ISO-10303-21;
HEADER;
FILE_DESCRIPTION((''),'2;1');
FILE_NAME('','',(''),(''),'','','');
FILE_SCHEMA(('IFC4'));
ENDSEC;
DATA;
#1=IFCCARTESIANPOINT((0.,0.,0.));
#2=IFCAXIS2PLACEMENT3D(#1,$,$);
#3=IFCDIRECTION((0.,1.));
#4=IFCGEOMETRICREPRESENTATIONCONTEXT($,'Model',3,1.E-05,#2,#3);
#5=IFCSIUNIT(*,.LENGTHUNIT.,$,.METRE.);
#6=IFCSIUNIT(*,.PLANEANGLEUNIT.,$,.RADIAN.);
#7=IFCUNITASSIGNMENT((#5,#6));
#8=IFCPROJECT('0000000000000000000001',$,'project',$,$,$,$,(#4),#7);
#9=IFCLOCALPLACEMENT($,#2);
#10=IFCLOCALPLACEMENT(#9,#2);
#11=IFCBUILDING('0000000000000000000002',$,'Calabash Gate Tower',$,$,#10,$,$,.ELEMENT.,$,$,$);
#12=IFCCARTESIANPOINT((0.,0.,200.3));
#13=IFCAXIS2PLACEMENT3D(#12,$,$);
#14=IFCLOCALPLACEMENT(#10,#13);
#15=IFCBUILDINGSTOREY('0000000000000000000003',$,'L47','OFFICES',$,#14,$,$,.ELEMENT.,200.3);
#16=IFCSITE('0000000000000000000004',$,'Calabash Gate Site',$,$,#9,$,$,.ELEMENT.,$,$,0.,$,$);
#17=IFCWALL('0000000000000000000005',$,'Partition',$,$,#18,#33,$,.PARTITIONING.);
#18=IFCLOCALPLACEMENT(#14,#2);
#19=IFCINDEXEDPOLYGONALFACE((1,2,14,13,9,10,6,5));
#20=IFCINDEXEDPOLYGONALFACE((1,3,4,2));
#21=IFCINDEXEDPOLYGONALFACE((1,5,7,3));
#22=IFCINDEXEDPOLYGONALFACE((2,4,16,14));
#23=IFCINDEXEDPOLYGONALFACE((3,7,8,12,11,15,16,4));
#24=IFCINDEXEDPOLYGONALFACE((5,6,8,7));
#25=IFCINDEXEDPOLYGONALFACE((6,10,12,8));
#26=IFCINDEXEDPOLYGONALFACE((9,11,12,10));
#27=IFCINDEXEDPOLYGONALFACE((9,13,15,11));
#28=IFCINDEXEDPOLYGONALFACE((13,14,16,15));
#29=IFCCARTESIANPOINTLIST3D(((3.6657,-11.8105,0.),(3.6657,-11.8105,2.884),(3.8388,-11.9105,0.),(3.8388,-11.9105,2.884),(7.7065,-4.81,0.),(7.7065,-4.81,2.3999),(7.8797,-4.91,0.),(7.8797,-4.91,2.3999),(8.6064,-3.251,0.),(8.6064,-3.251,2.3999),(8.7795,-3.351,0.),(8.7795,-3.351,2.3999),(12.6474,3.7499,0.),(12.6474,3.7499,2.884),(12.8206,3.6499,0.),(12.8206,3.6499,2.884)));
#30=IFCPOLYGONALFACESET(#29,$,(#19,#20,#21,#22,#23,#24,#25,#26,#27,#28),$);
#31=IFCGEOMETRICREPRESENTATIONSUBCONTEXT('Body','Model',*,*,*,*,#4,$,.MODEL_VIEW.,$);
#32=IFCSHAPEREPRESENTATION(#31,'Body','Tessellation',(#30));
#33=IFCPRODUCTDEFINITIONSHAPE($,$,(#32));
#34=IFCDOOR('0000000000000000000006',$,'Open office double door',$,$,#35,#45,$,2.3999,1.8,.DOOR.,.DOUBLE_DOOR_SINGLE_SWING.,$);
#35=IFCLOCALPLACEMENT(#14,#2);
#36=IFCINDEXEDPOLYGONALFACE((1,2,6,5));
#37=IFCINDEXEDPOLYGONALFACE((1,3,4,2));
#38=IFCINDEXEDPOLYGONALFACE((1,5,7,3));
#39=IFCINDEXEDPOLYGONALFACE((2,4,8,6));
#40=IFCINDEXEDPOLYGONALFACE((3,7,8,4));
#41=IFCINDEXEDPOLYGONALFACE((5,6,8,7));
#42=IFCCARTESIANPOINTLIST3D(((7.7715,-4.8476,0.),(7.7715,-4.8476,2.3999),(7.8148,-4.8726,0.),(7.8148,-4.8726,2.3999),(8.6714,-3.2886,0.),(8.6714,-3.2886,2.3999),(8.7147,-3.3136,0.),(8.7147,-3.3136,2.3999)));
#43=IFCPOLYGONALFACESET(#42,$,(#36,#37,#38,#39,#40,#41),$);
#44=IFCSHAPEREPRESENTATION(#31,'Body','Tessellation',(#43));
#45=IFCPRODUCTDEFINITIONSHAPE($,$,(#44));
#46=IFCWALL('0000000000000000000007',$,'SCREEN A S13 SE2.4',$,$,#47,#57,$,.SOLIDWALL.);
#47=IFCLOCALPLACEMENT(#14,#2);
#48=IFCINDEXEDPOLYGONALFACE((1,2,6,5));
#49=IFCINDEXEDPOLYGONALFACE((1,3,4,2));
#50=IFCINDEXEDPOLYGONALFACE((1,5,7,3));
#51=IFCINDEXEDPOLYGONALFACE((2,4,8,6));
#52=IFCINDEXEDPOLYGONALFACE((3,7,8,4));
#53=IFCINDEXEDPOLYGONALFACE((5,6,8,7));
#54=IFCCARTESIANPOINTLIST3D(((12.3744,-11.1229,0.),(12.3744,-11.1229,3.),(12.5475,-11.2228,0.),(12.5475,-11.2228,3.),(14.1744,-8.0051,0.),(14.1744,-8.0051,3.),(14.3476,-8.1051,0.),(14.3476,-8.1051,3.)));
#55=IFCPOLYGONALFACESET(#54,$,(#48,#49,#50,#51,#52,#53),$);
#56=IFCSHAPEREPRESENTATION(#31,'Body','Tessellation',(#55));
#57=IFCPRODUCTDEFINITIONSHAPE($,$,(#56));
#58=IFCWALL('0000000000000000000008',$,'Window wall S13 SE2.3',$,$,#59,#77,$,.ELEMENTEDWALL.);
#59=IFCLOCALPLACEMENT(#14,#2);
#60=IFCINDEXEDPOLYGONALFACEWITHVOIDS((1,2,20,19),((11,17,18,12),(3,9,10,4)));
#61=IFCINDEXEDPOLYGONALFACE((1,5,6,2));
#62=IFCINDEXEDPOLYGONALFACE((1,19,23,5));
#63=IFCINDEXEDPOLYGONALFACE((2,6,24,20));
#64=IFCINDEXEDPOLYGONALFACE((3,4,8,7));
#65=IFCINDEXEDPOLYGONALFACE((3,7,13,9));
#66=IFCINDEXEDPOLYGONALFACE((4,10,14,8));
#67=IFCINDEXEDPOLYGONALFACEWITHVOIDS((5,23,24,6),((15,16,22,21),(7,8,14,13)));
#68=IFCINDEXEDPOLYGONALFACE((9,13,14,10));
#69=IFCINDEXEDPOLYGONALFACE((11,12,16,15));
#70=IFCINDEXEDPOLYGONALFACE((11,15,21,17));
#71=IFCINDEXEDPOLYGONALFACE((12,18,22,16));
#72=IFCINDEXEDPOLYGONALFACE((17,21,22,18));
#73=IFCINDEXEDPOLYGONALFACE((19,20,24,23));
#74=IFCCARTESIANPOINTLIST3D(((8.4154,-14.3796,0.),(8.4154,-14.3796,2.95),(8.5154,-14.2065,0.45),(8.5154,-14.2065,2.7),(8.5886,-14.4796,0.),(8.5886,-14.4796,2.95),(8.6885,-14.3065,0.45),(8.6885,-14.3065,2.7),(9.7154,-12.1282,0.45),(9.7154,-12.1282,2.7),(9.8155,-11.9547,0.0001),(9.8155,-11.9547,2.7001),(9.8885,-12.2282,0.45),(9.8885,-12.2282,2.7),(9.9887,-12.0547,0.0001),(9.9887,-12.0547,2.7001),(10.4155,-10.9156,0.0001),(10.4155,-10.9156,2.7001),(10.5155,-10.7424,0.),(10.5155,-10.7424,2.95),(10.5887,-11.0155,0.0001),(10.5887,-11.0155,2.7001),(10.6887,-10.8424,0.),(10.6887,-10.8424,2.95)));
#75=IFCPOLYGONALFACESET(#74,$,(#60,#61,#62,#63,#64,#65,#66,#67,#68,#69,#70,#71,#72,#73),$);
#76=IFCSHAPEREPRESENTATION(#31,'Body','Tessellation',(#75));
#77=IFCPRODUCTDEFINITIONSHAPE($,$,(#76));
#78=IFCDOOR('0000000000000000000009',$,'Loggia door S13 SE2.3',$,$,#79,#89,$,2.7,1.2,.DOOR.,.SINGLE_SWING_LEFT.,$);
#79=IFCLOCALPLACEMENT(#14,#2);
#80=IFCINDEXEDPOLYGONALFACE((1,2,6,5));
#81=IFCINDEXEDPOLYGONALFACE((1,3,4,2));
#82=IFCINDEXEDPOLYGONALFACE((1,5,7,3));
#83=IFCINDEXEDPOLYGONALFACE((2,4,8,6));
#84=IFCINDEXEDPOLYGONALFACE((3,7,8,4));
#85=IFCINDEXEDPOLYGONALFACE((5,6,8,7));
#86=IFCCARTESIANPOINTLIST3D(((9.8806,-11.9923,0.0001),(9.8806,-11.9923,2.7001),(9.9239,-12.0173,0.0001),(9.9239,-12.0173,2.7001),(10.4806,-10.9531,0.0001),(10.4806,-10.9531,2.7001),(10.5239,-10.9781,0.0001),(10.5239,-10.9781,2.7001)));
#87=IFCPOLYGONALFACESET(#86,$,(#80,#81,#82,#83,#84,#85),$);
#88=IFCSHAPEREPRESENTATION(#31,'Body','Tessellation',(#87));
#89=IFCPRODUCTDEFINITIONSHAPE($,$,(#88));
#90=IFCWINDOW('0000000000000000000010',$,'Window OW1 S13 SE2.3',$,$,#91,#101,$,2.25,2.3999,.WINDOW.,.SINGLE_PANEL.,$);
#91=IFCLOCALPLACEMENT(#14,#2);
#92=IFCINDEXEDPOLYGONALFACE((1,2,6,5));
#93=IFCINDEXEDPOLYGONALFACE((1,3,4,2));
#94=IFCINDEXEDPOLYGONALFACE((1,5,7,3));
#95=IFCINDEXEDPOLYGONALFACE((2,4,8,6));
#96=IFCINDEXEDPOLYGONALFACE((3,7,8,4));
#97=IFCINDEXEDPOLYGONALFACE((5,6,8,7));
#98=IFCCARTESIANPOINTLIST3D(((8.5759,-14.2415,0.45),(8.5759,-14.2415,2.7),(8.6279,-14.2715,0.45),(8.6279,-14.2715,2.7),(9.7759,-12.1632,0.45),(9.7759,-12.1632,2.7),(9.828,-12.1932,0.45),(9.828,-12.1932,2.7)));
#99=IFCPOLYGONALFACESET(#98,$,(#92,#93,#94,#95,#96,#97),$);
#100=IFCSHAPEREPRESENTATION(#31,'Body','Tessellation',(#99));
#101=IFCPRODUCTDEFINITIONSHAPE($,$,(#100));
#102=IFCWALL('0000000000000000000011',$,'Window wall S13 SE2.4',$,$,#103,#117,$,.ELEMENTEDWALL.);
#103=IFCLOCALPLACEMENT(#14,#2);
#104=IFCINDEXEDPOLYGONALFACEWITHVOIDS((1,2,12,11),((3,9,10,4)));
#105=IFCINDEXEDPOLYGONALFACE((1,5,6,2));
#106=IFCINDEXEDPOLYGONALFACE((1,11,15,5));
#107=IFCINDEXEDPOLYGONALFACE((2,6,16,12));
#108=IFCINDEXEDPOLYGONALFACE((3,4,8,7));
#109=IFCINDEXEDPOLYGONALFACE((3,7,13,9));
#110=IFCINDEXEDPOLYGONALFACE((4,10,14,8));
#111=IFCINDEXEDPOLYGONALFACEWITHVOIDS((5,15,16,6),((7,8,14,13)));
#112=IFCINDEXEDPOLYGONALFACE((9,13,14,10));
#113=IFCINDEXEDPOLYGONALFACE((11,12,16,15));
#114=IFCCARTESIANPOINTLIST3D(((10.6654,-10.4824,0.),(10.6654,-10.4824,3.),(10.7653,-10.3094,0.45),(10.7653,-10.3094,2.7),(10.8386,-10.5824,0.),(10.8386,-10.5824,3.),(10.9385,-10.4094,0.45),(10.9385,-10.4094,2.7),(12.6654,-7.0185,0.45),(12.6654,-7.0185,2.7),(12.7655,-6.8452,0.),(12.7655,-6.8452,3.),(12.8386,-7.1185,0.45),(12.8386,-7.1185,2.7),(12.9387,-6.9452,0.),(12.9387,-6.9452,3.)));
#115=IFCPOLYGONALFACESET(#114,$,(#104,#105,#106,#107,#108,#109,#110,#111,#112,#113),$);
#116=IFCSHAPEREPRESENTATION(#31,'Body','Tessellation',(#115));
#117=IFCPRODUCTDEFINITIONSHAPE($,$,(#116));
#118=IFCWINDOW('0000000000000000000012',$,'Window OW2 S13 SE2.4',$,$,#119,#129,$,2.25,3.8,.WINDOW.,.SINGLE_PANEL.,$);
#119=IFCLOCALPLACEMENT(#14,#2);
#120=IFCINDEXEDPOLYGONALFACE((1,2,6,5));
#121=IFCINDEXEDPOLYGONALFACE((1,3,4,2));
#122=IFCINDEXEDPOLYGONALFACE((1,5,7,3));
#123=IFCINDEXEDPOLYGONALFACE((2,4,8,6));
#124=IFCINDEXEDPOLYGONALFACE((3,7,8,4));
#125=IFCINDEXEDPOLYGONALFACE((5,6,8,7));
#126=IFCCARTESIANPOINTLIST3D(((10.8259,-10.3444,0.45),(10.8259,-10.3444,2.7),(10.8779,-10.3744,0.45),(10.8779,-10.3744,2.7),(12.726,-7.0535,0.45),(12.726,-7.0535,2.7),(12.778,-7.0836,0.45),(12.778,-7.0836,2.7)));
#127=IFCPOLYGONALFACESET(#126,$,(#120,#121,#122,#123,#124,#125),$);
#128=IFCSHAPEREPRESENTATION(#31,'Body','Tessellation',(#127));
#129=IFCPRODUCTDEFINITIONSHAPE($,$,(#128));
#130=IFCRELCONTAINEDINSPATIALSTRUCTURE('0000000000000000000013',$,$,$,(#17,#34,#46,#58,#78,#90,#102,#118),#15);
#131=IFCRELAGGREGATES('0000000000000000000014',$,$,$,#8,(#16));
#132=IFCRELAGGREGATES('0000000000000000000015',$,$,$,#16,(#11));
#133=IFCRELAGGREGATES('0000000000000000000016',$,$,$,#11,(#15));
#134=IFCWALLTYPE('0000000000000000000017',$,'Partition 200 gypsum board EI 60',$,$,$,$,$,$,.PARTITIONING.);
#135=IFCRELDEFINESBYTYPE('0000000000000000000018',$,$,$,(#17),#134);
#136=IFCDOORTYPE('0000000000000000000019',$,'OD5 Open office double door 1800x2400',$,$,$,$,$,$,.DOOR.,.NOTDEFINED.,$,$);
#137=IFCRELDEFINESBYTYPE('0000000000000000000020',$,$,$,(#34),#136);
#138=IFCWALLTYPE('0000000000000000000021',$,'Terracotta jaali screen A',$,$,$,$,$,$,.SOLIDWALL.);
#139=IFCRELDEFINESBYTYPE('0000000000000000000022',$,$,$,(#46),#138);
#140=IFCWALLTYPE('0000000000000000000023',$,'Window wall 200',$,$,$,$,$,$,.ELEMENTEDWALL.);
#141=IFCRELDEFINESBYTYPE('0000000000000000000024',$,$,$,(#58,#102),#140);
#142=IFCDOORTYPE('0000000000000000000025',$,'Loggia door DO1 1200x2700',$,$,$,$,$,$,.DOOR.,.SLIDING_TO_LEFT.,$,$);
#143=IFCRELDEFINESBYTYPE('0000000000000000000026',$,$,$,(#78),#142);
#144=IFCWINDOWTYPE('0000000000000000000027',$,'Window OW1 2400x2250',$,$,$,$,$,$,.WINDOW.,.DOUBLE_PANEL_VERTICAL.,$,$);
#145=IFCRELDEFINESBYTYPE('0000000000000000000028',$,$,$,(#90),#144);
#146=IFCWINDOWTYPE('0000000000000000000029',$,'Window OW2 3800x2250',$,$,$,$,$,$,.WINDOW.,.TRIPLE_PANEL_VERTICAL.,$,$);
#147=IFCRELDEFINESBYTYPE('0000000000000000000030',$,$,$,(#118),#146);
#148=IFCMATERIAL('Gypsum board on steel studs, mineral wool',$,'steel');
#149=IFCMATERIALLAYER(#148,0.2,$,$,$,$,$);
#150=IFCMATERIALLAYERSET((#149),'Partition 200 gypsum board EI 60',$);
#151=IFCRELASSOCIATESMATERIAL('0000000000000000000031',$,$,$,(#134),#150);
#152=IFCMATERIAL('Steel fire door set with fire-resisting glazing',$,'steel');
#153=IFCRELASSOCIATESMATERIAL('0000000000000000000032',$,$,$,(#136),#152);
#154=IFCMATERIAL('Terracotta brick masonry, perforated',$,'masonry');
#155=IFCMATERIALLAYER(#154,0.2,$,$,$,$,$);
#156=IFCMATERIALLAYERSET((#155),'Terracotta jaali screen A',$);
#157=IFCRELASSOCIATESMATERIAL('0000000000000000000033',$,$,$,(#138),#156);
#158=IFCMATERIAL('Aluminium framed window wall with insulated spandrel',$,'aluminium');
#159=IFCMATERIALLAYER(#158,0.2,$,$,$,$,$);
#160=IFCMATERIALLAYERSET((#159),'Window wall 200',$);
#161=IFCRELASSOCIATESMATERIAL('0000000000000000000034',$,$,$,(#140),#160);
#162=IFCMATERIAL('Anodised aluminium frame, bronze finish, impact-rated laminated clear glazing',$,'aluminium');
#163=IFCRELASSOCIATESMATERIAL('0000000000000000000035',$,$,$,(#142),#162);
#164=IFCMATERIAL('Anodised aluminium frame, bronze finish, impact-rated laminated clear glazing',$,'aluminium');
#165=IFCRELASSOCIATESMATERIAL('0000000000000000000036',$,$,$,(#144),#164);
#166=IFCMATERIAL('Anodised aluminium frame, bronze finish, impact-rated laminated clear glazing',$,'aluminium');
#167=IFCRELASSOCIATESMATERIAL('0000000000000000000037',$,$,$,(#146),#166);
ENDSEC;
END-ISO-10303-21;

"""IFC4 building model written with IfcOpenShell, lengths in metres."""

from ifc_helpers import new_model, si_unit, direction, frame, frame_2d, origin, place, context, subcontext, project, spatial, rectangle, extrude, material, layer, layer_set, type_object, element, fill, save


model = new_model("IFC4")

# Units and contexts
model_context = context("Model", 3, precision=1e-05, world=origin(), true_north=direction((0.0, 1.0)))
body_context = subcontext(model_context, "Body", "Model", "MODEL_VIEW")
ifc_project = project(units=[si_unit("LENGTHUNIT", "METRE"), si_unit("PLANEANGLEUNIT", "RADIAN")], contexts=[model_context])

# Site, building, storey
site_placement = place(None, origin())
site = spatial("IfcSite", under=ifc_project, at=site_placement, Name="Calabash Gate Site", CompositionType="ELEMENT", RefElevation=0.0)
building_placement = place(site_placement, origin())
building = spatial("IfcBuilding", under=site, at=building_placement, Name="Calabash Gate Tower", CompositionType="ELEMENT")
storey_placement = place(building_placement, frame((0.0, 0.0, 200.3)))
storey = spatial("IfcBuildingStorey", under=building, at=storey_placement, Name="L47", Description="OFFICES", CompositionType="ELEMENT", Elevation=200.3)

# Shared definitions
ifc_material_1 = material(Name="Gypsum board on steel studs, mineral wool", Category="steel")
ifc_layer_1 = layer(ifc_material_1, 0.2)
ifc_layer_set_1 = layer_set([ifc_layer_1], Name="Partition 200 gypsum board EI 60")
wall_type_1 = type_object("IfcWallType", Name="Partition 200 gypsum board EI 60", PredefinedType="PARTITIONING", material=ifc_layer_set_1)

# Wall, opening, door
wall_1_placement = place(storey_placement, frame((3.7522, -11.8606, 0.0), z_axis=(0.0, 0.0, 1.0), x_axis=(0.499914, 0.866075, 0.0)))
wall_1 = element("IfcWall", 1, at=wall_1_placement, inside=storey, type_object=wall_type_1, Name="Partition", PredefinedType="PARTITIONING", context=body_context, shape_type="SweptSolid", body=[
    extrude(rectangle(XDim=17.9666, YDim=0.2, at=frame_2d((8.9834, 0.0))), origin(), (0.0, 0.0, 1.0), 2.884),
])
opening_1_placement = place(wall_1_placement, frame((8.0833, 0.0, 0.0)))
opening_1 = element("IfcOpeningElement", 2, at=opening_1_placement, cuts=wall_1, PredefinedType="OPENING", context=body_context, shape_type="SweptSolid", body=[
    extrude(rectangle(XDim=1.8, YDim=2.3999, at=frame_2d((0.8999, 1.2))), frame((0.0, 0.1099, 0.0), z_axis=(0.0, -1.0, 0.0), x_axis=(1.0, 0.0, 0.0)), (0.0, 0.0, 1.0), 0.22),
])
ifc_material_2 = material(Name="Steel fire door set with fire-resisting glazing", Category="steel")
door_type_1 = type_object("IfcDoorType", Name="OD5 Open office double door 1800x2400", OperationType="NOTDEFINED", PredefinedType="DOOR", material=ifc_material_2)
door_1_placement = place(opening_1_placement, origin())
door_1 = element("IfcDoor", 3, at=door_1_placement, inside=storey, type_object=door_type_1, Name="Open office double door", OperationType="DOUBLE_DOOR_SINGLE_SWING", OverallHeight=2.3999, OverallWidth=1.8, PredefinedType="DOOR", context=body_context, shape_type="SweptSolid", body=[
    extrude(rectangle(XDim=1.8, YDim=2.3999, at=frame_2d((0.8999, 1.2))), frame((0.0, 0.0249, 0.0), z_axis=(0.0, -1.0, 0.0), x_axis=(1.0, 0.0, 0.0)), (0.0, 0.0, 1.0), 0.05),
])
fill(opening_1, door_1)

# Wall
ifc_material_3 = material(Name="Terracotta brick masonry, perforated", Category="masonry")
ifc_layer_2 = layer(ifc_material_3, 0.2)
ifc_layer_set_2 = layer_set([ifc_layer_2], Name="Terracotta jaali screen A")
wall_type_2 = type_object("IfcWallType", Name="Terracotta jaali screen A", PredefinedType="SOLIDWALL", material=ifc_layer_set_2)
wall_2_placement = place(storey_placement, frame((12.4609, -11.1729, 0.0), z_axis=(0.0, 0.0, 1.0), x_axis=(0.500012, 0.866018, 0.0)))
element("IfcWall", 4, at=wall_2_placement, inside=storey, type_object=wall_type_2, Name="SCREEN A S13 SE2.4", PredefinedType="SOLIDWALL", context=body_context, shape_type="SweptSolid", body=[
    extrude(rectangle(XDim=3.6001, YDim=0.2, at=frame_2d((1.8, 0.0))), origin(), (0.0, 0.0, 1.0), 3.0),
])

# Wall, openings, door, window
ifc_material_4 = material(Name="Aluminium framed window wall with insulated spandrel", Category="aluminium")
ifc_layer_3 = layer(ifc_material_4, 0.2)
ifc_layer_set_3 = layer_set([ifc_layer_3], Name="Window wall 200")
wall_type_3 = type_object("IfcWallType", Name="Window wall 200", PredefinedType="ELEMENTEDWALL", material=ifc_layer_set_3)
wall_3_placement = place(storey_placement, frame((8.502, -14.4297, 0.0), z_axis=(0.0, 0.0, 1.0), x_axis=(0.500028, 0.866009, 0.0)))
wall_3 = element("IfcWall", 5, at=wall_3_placement, inside=storey, type_object=wall_type_3, Name="Window wall S13 SE2.3", PredefinedType="ELEMENTEDWALL", context=body_context, shape_type="SweptSolid", body=[
    extrude(rectangle(XDim=4.2, YDim=0.2, at=frame_2d((2.1001, 0.0))), origin(), (0.0, 0.0, 1.0), 2.95),
])
opening_2_placement = place(wall_3_placement, frame((0.2, 0.0, 0.45)))
opening_2 = element("IfcOpeningElement", 6, at=opening_2_placement, cuts=wall_3, PredefinedType="OPENING", context=body_context, shape_type="SweptSolid", body=[
    extrude(rectangle(XDim=2.3999, YDim=2.25, at=frame_2d((1.2, 1.125))), frame((0.0, 0.1099, 0.0), z_axis=(0.0, -1.0, 0.0), x_axis=(1.0, 0.0, 0.0)), (0.0, 0.0, 1.0), 0.22),
])
opening_3_placement = place(wall_3_placement, frame((2.8, 0.0, 0.0)))
opening_3 = element("IfcOpeningElement", 7, at=opening_3_placement, cuts=wall_3, PredefinedType="OPENING", context=body_context, shape_type="SweptSolid", body=[
    extrude(rectangle(XDim=1.2, YDim=2.7, at=frame_2d((0.6001, 1.3501))), frame((0.0, 0.1099, 0.0), z_axis=(0.0, -1.0, 0.0), x_axis=(1.0, 0.0, 0.0)), (0.0, 0.0, 1.0), 0.22),
])
ifc_material_5 = material(Name="Anodised aluminium frame, bronze finish, impact-rated laminated clear glazing", Category="aluminium")
door_type_2 = type_object("IfcDoorType", Name="Loggia door DO1 1200x2700", OperationType="SLIDING_TO_LEFT", PredefinedType="DOOR", material=ifc_material_5)
door_2_placement = place(opening_3_placement, origin())
door_2 = element("IfcDoor", 8, at=door_2_placement, inside=storey, type_object=door_type_2, Name="Loggia door S13 SE2.3", OperationType="SINGLE_SWING_LEFT", OverallHeight=2.7, OverallWidth=1.2, PredefinedType="DOOR", context=body_context, shape_type="SweptSolid", body=[
    extrude(rectangle(XDim=1.2, YDim=2.7, at=frame_2d((0.6001, 1.3501))), frame((0.0, 0.0249, 0.0), z_axis=(0.0, -1.0, 0.0), x_axis=(1.0, 0.0, 0.0)), (0.0, 0.0, 1.0), 0.05),
])
fill(opening_3, door_2)
ifc_material_6 = material(Name="Anodised aluminium frame, bronze finish, impact-rated laminated clear glazing", Category="aluminium")
window_type_1 = type_object("IfcWindowType", Name="Window OW1 2400x2250", PartitioningType="DOUBLE_PANEL_VERTICAL", PredefinedType="WINDOW", material=ifc_material_6)
window_1_placement = place(opening_2_placement, origin())
window_1 = element("IfcWindow", 9, at=window_1_placement, inside=storey, type_object=window_type_1, Name="Window OW1 S13 SE2.3", OverallHeight=2.25, OverallWidth=2.3999, PartitioningType="SINGLE_PANEL", PredefinedType="WINDOW", context=body_context, shape_type="SweptSolid", body=[
    extrude(rectangle(XDim=2.3999, YDim=2.25, at=frame_2d((1.2, 1.125))), frame((0.0, 0.03, 0.0), z_axis=(0.0, -1.0, 0.0), x_axis=(1.0, 0.0, 0.0)), (0.0, 0.0, 1.0), 0.0601),
])
fill(opening_2, window_1)

# Wall, opening, window
wall_4_placement = place(storey_placement, frame((10.752, -10.5325, 0.0), z_axis=(0.0, 0.0, 1.0), x_axis=(0.500028, 0.866009, 0.0)))
wall_4 = element("IfcWall", 10, at=wall_4_placement, inside=storey, type_object=wall_type_3, Name="Window wall S13 SE2.4", PredefinedType="ELEMENTEDWALL", context=body_context, shape_type="SweptSolid", body=[
    extrude(rectangle(XDim=4.2, YDim=0.2, at=frame_2d((2.1001, 0.0))), origin(), (0.0, 0.0, 1.0), 3.0),
])
opening_4_placement = place(wall_4_placement, frame((0.2, 0.0, 0.45)))
opening_4 = element("IfcOpeningElement", 11, at=opening_4_placement, cuts=wall_4, PredefinedType="OPENING", context=body_context, shape_type="SweptSolid", body=[
    extrude(rectangle(XDim=3.8, YDim=2.25, at=frame_2d((1.8999, 1.125))), frame((0.0, 0.1099, 0.0), z_axis=(0.0, -1.0, 0.0), x_axis=(1.0, 0.0, 0.0)), (0.0, 0.0, 1.0), 0.22),
])
ifc_material_7 = material(Name="Anodised aluminium frame, bronze finish, impact-rated laminated clear glazing", Category="aluminium")
window_type_2 = type_object("IfcWindowType", Name="Window OW2 3800x2250", PartitioningType="TRIPLE_PANEL_VERTICAL", PredefinedType="WINDOW", material=ifc_material_7)
window_2_placement = place(opening_4_placement, origin())
window_2 = element("IfcWindow", 12, at=window_2_placement, inside=storey, type_object=window_type_2, Name="Window OW2 S13 SE2.4", OverallHeight=2.25, OverallWidth=3.8, PartitioningType="SINGLE_PANEL", PredefinedType="WINDOW", context=body_context, shape_type="SweptSolid", body=[
    extrude(rectangle(XDim=3.8, YDim=2.25, at=frame_2d((1.8999, 1.125))), frame((0.0, 0.03, 0.0), z_axis=(0.0, -1.0, 0.0), x_axis=(1.0, 0.0, 0.0)), (0.0, 0.0, 1.0), 0.0601),
])
fill(opening_4, window_2)

save(model, "model.ifc")
